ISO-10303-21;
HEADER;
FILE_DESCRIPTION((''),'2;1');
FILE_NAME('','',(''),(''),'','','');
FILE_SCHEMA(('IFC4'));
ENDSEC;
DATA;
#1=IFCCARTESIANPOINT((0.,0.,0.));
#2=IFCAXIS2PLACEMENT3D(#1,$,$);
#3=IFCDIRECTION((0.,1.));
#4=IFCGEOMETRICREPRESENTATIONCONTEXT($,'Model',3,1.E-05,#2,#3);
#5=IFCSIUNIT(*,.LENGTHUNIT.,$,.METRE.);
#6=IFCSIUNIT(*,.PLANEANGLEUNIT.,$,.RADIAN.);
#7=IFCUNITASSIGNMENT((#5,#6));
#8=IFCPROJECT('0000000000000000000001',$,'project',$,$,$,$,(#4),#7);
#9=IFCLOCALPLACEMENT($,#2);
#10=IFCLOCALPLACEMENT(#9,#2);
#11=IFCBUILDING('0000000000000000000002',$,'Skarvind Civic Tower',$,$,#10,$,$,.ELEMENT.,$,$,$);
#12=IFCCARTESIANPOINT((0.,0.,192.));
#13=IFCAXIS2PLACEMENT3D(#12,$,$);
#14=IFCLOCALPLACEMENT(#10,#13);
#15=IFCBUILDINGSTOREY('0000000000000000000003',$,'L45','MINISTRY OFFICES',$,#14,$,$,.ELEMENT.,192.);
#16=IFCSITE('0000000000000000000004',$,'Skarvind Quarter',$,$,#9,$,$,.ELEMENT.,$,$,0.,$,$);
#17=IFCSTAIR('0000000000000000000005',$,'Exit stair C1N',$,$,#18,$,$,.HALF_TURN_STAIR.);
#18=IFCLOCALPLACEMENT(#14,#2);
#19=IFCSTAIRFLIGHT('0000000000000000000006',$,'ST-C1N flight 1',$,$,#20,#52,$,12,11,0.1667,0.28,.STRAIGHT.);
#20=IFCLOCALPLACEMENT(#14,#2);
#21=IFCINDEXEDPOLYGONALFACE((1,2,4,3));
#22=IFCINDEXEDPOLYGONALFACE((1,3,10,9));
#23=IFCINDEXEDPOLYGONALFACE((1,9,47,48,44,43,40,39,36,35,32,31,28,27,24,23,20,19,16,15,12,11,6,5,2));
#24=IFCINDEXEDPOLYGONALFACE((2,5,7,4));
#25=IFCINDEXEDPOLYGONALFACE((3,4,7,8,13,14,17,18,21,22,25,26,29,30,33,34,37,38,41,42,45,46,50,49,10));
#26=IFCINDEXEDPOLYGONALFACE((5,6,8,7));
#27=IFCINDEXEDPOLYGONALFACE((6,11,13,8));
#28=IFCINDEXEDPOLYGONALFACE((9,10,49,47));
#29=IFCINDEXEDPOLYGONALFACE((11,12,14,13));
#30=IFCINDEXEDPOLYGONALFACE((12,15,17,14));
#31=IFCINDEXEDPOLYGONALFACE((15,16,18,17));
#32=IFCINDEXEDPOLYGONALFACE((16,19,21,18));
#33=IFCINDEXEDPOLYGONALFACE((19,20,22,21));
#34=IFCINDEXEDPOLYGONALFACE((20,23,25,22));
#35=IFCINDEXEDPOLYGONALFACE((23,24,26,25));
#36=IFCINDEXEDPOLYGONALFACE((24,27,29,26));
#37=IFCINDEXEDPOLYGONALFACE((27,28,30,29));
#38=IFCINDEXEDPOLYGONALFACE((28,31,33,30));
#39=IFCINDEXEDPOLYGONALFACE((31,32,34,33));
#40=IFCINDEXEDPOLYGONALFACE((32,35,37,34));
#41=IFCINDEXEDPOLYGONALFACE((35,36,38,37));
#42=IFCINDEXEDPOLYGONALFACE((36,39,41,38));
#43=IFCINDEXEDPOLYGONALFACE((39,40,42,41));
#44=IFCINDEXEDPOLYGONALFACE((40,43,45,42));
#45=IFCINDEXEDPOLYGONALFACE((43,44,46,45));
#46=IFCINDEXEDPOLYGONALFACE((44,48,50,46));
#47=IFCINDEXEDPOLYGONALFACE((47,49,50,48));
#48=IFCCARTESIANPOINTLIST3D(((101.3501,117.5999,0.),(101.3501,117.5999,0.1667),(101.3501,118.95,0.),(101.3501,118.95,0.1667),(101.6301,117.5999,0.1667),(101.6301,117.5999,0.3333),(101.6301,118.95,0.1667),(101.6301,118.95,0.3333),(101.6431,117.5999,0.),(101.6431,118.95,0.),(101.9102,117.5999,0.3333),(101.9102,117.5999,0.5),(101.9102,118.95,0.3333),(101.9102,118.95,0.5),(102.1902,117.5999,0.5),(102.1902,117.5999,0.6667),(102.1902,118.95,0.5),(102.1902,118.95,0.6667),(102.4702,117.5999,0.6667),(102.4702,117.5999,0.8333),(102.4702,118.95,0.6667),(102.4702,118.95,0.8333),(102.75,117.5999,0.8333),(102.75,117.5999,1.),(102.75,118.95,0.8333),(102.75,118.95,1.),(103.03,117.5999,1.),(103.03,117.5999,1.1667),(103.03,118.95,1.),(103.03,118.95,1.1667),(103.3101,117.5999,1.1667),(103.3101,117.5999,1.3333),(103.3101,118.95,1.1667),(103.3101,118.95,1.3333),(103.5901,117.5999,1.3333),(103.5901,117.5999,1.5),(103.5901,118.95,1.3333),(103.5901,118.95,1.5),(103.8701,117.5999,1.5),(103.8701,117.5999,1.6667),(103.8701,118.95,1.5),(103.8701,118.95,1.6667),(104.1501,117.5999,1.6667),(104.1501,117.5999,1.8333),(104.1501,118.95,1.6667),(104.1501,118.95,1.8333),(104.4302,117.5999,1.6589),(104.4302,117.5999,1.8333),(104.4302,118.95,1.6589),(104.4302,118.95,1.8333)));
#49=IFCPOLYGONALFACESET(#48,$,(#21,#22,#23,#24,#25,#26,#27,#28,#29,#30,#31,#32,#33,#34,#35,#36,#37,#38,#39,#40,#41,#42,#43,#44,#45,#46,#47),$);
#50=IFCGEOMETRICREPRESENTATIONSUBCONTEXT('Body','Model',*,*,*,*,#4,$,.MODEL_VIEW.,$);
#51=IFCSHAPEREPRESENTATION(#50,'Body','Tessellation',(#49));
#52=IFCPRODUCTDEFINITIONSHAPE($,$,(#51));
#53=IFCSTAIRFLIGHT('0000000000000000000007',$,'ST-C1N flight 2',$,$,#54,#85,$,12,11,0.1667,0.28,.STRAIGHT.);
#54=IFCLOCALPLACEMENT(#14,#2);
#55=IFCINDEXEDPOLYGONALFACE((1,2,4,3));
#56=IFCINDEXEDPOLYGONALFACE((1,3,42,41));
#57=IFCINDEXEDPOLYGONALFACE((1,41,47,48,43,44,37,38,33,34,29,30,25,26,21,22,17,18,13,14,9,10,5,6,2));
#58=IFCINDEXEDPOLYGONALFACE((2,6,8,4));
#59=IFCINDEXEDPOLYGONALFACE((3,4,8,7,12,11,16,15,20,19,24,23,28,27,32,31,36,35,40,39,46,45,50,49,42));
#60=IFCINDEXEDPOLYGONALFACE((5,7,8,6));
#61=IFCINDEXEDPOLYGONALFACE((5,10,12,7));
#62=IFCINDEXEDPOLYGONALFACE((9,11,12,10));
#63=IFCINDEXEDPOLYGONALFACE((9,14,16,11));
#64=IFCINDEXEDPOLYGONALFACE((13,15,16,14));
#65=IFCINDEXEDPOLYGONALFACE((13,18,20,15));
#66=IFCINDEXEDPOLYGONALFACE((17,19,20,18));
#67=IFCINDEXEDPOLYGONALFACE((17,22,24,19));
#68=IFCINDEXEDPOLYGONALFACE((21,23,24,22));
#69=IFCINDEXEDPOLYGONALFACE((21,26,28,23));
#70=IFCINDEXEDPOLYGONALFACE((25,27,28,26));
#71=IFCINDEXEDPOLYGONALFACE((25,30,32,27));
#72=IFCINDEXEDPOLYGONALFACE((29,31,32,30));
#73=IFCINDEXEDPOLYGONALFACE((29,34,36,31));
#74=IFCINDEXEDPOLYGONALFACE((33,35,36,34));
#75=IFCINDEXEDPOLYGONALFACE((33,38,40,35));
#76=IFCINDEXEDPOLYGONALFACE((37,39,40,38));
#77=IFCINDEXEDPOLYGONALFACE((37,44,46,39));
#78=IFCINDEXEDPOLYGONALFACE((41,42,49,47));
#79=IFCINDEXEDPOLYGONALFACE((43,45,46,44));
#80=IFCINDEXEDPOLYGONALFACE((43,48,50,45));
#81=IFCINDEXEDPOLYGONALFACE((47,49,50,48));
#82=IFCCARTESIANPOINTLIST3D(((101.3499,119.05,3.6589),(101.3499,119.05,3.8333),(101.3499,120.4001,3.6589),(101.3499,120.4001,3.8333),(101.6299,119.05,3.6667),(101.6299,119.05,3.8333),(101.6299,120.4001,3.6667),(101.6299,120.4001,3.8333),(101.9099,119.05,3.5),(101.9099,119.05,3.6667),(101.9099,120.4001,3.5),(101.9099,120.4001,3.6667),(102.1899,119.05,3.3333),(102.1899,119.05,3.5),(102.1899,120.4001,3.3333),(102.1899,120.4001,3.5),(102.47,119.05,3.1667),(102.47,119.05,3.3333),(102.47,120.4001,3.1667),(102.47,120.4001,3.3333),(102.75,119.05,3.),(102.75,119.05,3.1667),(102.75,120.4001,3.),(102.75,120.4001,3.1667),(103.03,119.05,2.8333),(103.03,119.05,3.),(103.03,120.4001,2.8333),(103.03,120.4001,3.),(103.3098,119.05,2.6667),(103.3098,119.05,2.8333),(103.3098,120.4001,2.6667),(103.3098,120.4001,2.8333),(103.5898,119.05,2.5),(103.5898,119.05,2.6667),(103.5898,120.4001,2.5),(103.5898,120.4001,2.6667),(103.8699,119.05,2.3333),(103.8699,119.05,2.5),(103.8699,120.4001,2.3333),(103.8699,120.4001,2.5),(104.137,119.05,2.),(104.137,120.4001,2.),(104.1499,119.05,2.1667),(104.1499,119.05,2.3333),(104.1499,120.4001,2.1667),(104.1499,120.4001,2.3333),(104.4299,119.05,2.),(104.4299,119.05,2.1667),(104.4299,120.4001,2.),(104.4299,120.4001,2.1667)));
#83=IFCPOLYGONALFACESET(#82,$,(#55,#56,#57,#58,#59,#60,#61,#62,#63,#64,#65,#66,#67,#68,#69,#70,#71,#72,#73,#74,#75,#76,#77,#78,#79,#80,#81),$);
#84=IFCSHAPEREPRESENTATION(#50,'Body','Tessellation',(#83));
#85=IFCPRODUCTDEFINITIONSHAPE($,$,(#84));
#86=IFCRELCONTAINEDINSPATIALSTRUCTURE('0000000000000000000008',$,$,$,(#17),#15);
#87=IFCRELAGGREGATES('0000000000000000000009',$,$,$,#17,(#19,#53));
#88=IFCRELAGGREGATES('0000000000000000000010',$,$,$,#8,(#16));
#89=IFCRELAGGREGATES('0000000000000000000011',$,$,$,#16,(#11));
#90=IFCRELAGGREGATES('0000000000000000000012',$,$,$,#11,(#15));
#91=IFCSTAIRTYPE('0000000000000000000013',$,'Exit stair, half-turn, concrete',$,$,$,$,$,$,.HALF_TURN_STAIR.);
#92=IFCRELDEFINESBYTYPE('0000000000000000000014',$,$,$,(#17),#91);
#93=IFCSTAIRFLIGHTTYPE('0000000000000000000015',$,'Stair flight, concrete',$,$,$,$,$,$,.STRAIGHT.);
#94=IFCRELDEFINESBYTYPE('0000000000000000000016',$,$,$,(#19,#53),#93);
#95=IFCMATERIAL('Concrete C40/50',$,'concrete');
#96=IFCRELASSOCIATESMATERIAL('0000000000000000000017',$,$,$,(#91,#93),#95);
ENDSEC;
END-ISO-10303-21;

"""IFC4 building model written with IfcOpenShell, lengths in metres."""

from ifc_helpers import new_model, si_unit, direction, frame, origin, place, context, subcontext, project, spatial, polyline, outline, extrude, material, type_object, element, aggregate, save


model = new_model("IFC4")

# Units and contexts
model_context = context("Model", 3, precision=1e-05, world=origin(), true_north=direction((0.0, 1.0)))
body_context = subcontext(model_context, "Body", "Model", "MODEL_VIEW")
ifc_project = project(units=[si_unit("LENGTHUNIT", "METRE"), si_unit("PLANEANGLEUNIT", "RADIAN")], contexts=[model_context])

# Site, building, storey
site_placement = place(None, origin())
site = spatial("IfcSite", under=ifc_project, at=site_placement, Name="Skarvind Quarter", CompositionType="ELEMENT", RefElevation=0.0)
building_placement = place(site_placement, origin())
building = spatial("IfcBuilding", under=site, at=building_placement, Name="Skarvind Civic Tower", CompositionType="ELEMENT")
storey_placement = place(building_placement, frame((0.0, 0.0, 192.0)))
storey = spatial("IfcBuildingStorey", under=building, at=storey_placement, Name="L45", Description="MINISTRY OFFICES", CompositionType="ELEMENT", Elevation=192.0)

# Stair, stair flights
ifc_material_1 = material(Name="Concrete C40/50", Category="concrete")
stair_type = type_object("IfcStairType", Name="Exit stair, half-turn, concrete", PredefinedType="HALF_TURN_STAIR", material=ifc_material_1)
stair_placement = place(storey_placement, origin())
stair = element("IfcStair", 1, at=stair_placement, inside=storey, type_object=stair_type, Name="Exit stair C1N", PredefinedType="HALF_TURN_STAIR")
stair_flight_type = type_object("IfcStairFlightType", Name="Stair flight, concrete", PredefinedType="STRAIGHT", material=ifc_material_1)
stair_flight_1_placement = place(storey_placement, frame((101.3501, 118.2749, 0.0), z_axis=(0.0, 0.0, 1.0), x_axis=(1.0, 0.0, 0.0)))
stair_flight_1 = element("IfcStairFlight", 2, at=stair_flight_1_placement, type_object=stair_flight_type, Name="ST-C1N flight 1", NumberOfRisers=12, NumberOfTreads=11, PredefinedType="STRAIGHT", RiserHeight=0.1667, TreadLength=0.28, context=body_context, shape_type="SweptSolid", body=[
    extrude(outline(polyline([(0.0, 0.0), (0.0, 0.1667), (0.28, 0.1667), (0.28, 0.3333), (0.5601, 0.3333), (0.5601, 0.5), (0.8401, 0.5), (0.8401, 0.6667), (1.1201, 0.6667), (1.1201, 0.8333), (1.3999, 0.8333), (1.3999, 1.0), (1.6799, 1.0), (1.6799, 1.1667), (1.96, 1.1667), (1.96, 1.3333), (2.24, 1.3333), (2.24, 1.5), (2.52, 1.5), (2.52, 1.6667), (2.8, 1.6667), (2.8, 1.8333), (3.0801, 1.8333), (3.0801, 2.0), (3.0801, 1.6589), (0.293, 0.0), (0.0, 0.0)])), frame((0.0, 0.675, 0.0), z_axis=(0.0, -1.0, 0.0), x_axis=(1.0, 0.0, 0.0)), (0.0, 0.0, 1.0), 1.3501),
])
stair_flight_2_placement = place(storey_placement, frame((104.4299, 119.7251, 2.0), z_axis=(0.0, 0.0, 1.0), x_axis=(-1.0, 0.0, 0.0)))
stair_flight_2 = element("IfcStairFlight", 3, at=stair_flight_2_placement, type_object=stair_flight_type, Name="ST-C1N flight 2", NumberOfRisers=12, NumberOfTreads=11, PredefinedType="STRAIGHT", RiserHeight=0.1667, TreadLength=0.28, context=body_context, shape_type="SweptSolid", body=[
    extrude(outline(polyline([(0.0, 0.0), (0.0, 0.1667), (0.28, 0.1667), (0.28, 0.3333), (0.5601, 0.3333), (0.5601, 0.5), (0.8401, 0.5), (0.8401, 0.6667), (1.1201, 0.6667), (1.1201, 0.8333), (1.3999, 0.8333), (1.3999, 1.0), (1.6799, 1.0), (1.6799, 1.1667), (1.96, 1.1667), (1.96, 1.3333), (2.24, 1.3333), (2.24, 1.5), (2.52, 1.5), (2.52, 1.6667), (2.8, 1.6667), (2.8, 1.8333), (3.0801, 1.8333), (3.0801, 2.0), (3.0801, 1.6589), (0.293, 0.0), (0.0, 0.0)])), frame((0.0, 0.675, 0.0), z_axis=(0.0, -1.0, 0.0), x_axis=(1.0, 0.0, 0.0)), (0.0, 0.0, 1.0), 1.3501),
])
aggregate(stair, [stair_flight_1, stair_flight_2])

save(model, "model.ifc")
